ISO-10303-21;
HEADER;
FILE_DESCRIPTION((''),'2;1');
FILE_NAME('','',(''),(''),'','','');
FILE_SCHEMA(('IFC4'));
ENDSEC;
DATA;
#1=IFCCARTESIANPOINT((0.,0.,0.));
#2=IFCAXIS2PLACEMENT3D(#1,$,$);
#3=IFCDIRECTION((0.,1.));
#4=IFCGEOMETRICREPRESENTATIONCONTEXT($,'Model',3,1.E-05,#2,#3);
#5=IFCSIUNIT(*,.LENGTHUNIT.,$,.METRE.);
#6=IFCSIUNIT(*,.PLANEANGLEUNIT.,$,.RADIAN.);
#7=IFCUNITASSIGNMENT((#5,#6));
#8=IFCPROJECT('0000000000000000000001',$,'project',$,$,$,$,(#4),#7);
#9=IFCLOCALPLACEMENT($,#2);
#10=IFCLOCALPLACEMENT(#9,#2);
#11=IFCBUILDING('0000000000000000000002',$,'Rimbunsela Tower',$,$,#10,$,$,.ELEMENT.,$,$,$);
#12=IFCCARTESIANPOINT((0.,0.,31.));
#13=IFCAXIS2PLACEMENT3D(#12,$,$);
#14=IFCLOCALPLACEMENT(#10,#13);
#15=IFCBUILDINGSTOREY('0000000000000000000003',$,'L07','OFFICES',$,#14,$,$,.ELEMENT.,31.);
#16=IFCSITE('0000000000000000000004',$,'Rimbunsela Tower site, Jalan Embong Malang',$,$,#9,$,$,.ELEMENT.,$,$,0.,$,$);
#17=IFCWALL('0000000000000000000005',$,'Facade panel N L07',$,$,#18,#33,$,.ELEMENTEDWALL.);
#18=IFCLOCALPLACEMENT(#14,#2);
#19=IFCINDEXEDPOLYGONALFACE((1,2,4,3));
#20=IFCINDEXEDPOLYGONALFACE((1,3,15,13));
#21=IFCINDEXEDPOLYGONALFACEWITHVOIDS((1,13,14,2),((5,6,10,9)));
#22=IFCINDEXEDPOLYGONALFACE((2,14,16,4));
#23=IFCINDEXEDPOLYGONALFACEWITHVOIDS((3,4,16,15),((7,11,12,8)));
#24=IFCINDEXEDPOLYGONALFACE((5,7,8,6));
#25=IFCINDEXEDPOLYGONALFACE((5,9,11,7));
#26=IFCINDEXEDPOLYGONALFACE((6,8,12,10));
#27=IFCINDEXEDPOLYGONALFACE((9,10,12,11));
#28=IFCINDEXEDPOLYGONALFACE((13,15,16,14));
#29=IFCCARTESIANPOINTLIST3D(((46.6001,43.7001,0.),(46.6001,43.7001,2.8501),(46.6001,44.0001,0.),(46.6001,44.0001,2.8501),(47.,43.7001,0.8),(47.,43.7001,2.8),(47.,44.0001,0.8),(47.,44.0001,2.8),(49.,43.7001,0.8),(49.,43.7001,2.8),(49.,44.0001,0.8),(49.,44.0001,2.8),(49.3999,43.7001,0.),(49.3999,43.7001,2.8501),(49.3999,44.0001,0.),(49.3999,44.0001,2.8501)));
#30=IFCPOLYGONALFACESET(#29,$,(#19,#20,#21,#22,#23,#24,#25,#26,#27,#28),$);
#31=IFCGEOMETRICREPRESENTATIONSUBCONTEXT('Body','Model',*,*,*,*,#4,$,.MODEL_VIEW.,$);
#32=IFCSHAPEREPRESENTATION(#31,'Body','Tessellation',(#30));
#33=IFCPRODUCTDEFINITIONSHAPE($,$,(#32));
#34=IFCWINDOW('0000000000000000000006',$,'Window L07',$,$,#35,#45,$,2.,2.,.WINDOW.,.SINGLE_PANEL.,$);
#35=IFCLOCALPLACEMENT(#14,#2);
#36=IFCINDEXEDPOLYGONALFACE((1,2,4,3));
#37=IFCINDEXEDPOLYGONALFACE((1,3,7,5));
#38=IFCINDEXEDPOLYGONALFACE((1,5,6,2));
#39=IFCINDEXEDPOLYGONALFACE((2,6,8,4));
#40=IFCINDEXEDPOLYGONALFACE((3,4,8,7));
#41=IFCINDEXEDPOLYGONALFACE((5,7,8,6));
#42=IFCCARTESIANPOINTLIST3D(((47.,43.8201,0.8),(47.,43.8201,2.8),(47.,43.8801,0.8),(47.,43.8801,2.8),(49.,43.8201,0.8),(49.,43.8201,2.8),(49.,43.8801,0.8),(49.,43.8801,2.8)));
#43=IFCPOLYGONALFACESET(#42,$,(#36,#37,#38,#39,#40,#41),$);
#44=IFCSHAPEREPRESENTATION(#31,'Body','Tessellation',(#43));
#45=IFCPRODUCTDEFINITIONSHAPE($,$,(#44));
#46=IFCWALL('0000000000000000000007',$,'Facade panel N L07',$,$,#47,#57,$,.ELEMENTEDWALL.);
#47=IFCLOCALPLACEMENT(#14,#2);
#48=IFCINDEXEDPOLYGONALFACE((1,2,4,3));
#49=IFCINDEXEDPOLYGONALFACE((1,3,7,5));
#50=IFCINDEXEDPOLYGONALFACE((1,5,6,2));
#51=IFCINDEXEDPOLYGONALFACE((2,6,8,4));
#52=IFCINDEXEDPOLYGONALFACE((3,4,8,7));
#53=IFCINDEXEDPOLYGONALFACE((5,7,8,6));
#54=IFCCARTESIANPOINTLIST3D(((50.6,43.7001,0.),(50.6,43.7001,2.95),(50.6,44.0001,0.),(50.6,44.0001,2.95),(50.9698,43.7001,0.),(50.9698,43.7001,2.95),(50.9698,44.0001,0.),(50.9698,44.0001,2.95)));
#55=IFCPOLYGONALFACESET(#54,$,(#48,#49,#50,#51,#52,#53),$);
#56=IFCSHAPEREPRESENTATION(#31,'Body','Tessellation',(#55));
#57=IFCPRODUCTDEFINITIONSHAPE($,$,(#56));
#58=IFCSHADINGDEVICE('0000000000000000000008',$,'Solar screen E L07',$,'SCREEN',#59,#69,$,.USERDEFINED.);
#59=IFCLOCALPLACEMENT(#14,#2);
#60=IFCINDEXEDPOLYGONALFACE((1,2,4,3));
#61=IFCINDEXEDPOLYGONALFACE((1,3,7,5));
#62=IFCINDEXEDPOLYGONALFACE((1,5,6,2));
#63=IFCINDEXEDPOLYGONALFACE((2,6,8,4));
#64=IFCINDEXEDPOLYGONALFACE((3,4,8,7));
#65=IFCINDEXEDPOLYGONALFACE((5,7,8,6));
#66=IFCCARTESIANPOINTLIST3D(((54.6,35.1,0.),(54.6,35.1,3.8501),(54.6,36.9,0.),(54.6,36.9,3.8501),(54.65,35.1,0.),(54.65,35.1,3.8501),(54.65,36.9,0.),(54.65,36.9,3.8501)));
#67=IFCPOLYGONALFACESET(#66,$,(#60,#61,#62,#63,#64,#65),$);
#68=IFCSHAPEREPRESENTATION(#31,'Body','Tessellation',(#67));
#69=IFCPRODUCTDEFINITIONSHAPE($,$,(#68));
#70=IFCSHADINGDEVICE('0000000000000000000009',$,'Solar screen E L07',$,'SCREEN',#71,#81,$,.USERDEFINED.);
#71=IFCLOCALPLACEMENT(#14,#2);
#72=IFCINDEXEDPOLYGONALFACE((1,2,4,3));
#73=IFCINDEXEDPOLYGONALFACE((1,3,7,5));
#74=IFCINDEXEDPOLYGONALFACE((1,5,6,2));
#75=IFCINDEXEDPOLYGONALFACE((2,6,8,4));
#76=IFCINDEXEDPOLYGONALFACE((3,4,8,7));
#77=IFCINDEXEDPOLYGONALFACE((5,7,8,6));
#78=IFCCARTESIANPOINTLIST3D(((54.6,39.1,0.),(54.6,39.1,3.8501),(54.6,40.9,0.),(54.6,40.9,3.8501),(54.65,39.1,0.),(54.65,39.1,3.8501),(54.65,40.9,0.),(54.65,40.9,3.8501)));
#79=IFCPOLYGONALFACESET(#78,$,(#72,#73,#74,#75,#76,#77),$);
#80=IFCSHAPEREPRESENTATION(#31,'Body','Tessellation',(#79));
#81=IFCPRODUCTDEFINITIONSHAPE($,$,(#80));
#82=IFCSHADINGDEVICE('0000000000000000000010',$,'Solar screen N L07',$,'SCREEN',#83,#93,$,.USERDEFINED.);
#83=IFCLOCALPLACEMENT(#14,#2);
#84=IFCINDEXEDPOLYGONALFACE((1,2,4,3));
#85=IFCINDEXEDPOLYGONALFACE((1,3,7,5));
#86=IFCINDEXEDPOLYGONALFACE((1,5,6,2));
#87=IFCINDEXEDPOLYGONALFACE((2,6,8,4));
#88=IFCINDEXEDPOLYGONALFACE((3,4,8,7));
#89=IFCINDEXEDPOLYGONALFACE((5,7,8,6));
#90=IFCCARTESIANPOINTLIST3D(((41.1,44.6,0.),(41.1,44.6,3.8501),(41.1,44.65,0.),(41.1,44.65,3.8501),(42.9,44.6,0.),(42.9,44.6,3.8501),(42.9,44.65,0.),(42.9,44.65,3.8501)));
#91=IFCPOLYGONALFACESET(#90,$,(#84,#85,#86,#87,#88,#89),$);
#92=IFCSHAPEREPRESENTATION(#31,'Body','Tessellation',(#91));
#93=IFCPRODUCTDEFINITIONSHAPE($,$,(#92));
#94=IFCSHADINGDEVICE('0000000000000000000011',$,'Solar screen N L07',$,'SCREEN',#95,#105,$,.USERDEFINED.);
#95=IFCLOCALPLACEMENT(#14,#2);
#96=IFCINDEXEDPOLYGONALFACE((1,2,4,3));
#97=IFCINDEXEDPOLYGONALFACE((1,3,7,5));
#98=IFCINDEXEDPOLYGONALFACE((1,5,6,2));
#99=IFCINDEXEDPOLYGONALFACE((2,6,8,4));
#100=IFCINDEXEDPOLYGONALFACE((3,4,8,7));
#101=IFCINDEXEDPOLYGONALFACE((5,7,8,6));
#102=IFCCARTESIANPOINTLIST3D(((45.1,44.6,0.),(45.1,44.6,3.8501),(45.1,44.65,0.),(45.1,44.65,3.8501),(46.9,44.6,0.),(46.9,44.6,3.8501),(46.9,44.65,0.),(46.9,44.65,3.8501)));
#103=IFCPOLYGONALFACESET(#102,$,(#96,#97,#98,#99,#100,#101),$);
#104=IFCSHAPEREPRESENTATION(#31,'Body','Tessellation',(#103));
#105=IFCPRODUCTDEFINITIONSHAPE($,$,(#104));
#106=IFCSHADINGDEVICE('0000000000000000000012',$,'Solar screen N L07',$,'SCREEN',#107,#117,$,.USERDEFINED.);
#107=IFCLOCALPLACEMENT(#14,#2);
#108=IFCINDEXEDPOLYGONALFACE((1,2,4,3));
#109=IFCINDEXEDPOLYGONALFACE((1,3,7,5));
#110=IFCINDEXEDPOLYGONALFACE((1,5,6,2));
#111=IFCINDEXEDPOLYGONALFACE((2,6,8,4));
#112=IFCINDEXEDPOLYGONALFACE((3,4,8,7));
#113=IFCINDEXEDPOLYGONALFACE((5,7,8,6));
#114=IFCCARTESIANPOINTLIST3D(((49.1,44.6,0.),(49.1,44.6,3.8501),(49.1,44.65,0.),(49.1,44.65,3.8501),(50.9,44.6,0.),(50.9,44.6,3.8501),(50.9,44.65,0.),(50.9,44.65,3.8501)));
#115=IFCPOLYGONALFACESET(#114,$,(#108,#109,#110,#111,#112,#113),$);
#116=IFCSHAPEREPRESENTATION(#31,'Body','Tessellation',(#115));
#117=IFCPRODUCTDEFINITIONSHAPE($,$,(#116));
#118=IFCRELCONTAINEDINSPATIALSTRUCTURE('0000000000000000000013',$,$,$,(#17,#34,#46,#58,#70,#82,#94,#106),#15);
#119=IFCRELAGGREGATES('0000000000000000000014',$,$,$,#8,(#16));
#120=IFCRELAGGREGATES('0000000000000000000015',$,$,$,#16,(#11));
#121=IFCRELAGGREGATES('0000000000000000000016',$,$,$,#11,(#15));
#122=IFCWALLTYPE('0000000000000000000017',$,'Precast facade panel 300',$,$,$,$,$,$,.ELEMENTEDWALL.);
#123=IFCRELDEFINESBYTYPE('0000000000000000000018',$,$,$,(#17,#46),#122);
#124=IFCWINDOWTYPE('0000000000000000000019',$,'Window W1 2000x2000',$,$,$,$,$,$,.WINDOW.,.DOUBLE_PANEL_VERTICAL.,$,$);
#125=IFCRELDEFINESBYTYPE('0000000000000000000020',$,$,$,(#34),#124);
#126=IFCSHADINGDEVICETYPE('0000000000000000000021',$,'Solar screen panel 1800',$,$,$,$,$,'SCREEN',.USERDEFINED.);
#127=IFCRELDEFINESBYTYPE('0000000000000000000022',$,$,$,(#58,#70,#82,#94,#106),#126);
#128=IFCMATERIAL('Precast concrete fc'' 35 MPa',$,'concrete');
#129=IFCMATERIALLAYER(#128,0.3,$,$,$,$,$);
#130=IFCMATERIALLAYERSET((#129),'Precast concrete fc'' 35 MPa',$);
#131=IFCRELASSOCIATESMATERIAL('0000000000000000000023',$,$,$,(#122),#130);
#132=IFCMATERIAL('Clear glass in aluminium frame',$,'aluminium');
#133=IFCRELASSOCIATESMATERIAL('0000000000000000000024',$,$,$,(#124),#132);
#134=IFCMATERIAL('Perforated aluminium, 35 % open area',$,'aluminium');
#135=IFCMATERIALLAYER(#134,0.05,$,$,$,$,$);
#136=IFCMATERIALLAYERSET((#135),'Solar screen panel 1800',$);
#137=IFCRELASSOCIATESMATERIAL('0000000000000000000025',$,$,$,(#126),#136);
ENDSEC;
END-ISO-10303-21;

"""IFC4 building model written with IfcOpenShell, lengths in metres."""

from ifc_helpers import new_model, si_unit, direction, frame, frame_2d, origin, origin_2d, place, context, subcontext, project, spatial, rectangle, extrude, material, layer, layer_set, type_object, element, fill, save


model = new_model("IFC4")

# Units and contexts
model_context = context("Model", 3, precision=1e-05, world=origin(), true_north=direction((0.0, 1.0)))
body_context = subcontext(model_context, "Body", "Model", "MODEL_VIEW")
ifc_project = project(units=[si_unit("LENGTHUNIT", "METRE"), si_unit("PLANEANGLEUNIT", "RADIAN")], contexts=[model_context])

# Site, building, storey
site_placement = place(None, origin())
site = spatial("IfcSite", under=ifc_project, at=site_placement, Name="Rimbunsela Tower site, Jalan Embong Malang", CompositionType="ELEMENT", RefElevation=0.0)
building_placement = place(site_placement, origin())
building = spatial("IfcBuilding", under=site, at=building_placement, Name="Rimbunsela Tower", CompositionType="ELEMENT")
storey_placement = place(building_placement, frame((0.0, 0.0, 31.0)))
storey = spatial("IfcBuildingStorey", under=building, at=storey_placement, Name="L07", Description="OFFICES", CompositionType="ELEMENT", Elevation=31.0)

# Shared definitions
ifc_material_1 = material(Name="Precast concrete fc' 35 MPa", Category="concrete")
ifc_layer_1 = layer(ifc_material_1, 0.3)
ifc_layer_set_1 = layer_set([ifc_layer_1], Name="Precast concrete fc' 35 MPa")
wall_type = type_object("IfcWallType", Name="Precast facade panel 300", PredefinedType="ELEMENTEDWALL", material=ifc_layer_set_1)
ifc_material_2 = material(Name="Clear glass in aluminium frame", Category="aluminium")
window_type = type_object("IfcWindowType", Name="Window W1 2000x2000", PartitioningType="DOUBLE_PANEL_VERTICAL", PredefinedType="WINDOW", material=ifc_material_2)

# Wall, opening, window
wall_1_placement = place(storey_placement, frame((49.3999, 43.8501, 0.0), z_axis=(0.0, 0.0, 1.0), x_axis=(-1.0, 0.0, 0.0)))
wall_1 = element("IfcWall", 1, at=wall_1_placement, inside=storey, type_object=wall_type, Name="Facade panel N L07", PredefinedType="ELEMENTEDWALL", context=body_context, shape_type="SweptSolid", body=[
    extrude(rectangle(XDim=2.7998, YDim=0.3, at=frame_2d((1.3999, 0.0))), origin(), (0.0, 0.0, 1.0), 2.8501),
])
opening_1_placement = place(wall_1_placement, frame((0.3999, 0.0, 0.8)))
opening_1 = element("IfcOpeningElement", 2, at=opening_1_placement, cuts=wall_1, PredefinedType="OPENING", context=body_context, shape_type="SweptSolid", body=[
    extrude(rectangle(XDim=2.0, YDim=2.0, at=frame_2d((1.0, 1.0))), frame((0.0, 0.1599, 0.0), z_axis=(0.0, -1.0, 0.0), x_axis=(1.0, 0.0, 0.0)), (0.0, 0.0, 1.0), 0.3201),
])
window_1_placement = place(opening_1_placement, origin())
window_1 = element("IfcWindow", 3, at=window_1_placement, inside=storey, type_object=window_type, Name="Window L07", OverallHeight=2.0, OverallWidth=2.0, PartitioningType="SINGLE_PANEL", PredefinedType="WINDOW", context=body_context, shape_type="SweptSolid", body=[
    extrude(rectangle(XDim=2.0, YDim=2.0, at=frame_2d((1.0, 1.0))), frame((0.0, 0.03, 0.0), z_axis=(0.0, -1.0, 0.0), x_axis=(1.0, 0.0, 0.0)), (0.0, 0.0, 1.0), 0.0601),
])
fill(opening_1, window_1)

# Wall
wall_2_placement = place(storey_placement, frame((50.97, 43.8501, 0.0), z_axis=(0.0, 0.0, 1.0), x_axis=(-1.0, 0.0, 0.0)))
element("IfcWall", 4, at=wall_2_placement, inside=storey, type_object=wall_type, Name="Facade panel N L07", PredefinedType="ELEMENTEDWALL", context=body_context, shape_type="SweptSolid", body=[
    extrude(rectangle(XDim=0.3699, YDim=0.3, at=frame_2d((0.1851, 0.0))), origin(), (0.0, 0.0, 1.0), 2.95),
])

# Shading devices
ifc_material_3 = material(Name="Perforated aluminium, 35 % open area", Category="aluminium")
ifc_layer_2 = layer(ifc_material_3, 0.05)
ifc_layer_set_2 = layer_set([ifc_layer_2], Name="Solar screen panel 1800")
shading_device_type = type_object("IfcShadingDeviceType", Name="Solar screen panel 1800", ElementType="SCREEN", PredefinedType="USERDEFINED", material=ifc_layer_set_2)
for number, where, z_axis, x_axis, name in (
    (5, (54.625, 36.0, 0.0), (0.0, 0.0, 1.0), (0.0, 1.0, 0.0), "Solar screen E L07"),
    (6, (54.625, 40.0, 0.0), (0.0, 0.0, 1.0), (0.0, 1.0, 0.0), "Solar screen E L07"),
    (7, (42.0, 44.625, 0.0), (0.0, 0.0, 1.0), (1.0, 0.0, 0.0), "Solar screen N L07"),
    (8, (46.0, 44.625, 0.0), (0.0, 0.0, 1.0), (1.0, 0.0, 0.0), "Solar screen N L07"),
    (9, (50.0, 44.625, 0.0), (0.0, 0.0, 1.0), (1.0, 0.0, 0.0), "Solar screen N L07"),
):
    element("IfcShadingDevice", number, at=place(storey_placement, frame(where, z_axis=z_axis, x_axis=x_axis)), inside=storey, type_object=shading_device_type, Name=name, ObjectType="SCREEN", PredefinedType="USERDEFINED", context=body_context, shape_type="SweptSolid", body=[
        extrude(rectangle(XDim=1.8, YDim=0.05, at=origin_2d()), origin(), (0.0, 0.0, 1.0), 3.8501),
    ])

save(model, "model.ifc")
